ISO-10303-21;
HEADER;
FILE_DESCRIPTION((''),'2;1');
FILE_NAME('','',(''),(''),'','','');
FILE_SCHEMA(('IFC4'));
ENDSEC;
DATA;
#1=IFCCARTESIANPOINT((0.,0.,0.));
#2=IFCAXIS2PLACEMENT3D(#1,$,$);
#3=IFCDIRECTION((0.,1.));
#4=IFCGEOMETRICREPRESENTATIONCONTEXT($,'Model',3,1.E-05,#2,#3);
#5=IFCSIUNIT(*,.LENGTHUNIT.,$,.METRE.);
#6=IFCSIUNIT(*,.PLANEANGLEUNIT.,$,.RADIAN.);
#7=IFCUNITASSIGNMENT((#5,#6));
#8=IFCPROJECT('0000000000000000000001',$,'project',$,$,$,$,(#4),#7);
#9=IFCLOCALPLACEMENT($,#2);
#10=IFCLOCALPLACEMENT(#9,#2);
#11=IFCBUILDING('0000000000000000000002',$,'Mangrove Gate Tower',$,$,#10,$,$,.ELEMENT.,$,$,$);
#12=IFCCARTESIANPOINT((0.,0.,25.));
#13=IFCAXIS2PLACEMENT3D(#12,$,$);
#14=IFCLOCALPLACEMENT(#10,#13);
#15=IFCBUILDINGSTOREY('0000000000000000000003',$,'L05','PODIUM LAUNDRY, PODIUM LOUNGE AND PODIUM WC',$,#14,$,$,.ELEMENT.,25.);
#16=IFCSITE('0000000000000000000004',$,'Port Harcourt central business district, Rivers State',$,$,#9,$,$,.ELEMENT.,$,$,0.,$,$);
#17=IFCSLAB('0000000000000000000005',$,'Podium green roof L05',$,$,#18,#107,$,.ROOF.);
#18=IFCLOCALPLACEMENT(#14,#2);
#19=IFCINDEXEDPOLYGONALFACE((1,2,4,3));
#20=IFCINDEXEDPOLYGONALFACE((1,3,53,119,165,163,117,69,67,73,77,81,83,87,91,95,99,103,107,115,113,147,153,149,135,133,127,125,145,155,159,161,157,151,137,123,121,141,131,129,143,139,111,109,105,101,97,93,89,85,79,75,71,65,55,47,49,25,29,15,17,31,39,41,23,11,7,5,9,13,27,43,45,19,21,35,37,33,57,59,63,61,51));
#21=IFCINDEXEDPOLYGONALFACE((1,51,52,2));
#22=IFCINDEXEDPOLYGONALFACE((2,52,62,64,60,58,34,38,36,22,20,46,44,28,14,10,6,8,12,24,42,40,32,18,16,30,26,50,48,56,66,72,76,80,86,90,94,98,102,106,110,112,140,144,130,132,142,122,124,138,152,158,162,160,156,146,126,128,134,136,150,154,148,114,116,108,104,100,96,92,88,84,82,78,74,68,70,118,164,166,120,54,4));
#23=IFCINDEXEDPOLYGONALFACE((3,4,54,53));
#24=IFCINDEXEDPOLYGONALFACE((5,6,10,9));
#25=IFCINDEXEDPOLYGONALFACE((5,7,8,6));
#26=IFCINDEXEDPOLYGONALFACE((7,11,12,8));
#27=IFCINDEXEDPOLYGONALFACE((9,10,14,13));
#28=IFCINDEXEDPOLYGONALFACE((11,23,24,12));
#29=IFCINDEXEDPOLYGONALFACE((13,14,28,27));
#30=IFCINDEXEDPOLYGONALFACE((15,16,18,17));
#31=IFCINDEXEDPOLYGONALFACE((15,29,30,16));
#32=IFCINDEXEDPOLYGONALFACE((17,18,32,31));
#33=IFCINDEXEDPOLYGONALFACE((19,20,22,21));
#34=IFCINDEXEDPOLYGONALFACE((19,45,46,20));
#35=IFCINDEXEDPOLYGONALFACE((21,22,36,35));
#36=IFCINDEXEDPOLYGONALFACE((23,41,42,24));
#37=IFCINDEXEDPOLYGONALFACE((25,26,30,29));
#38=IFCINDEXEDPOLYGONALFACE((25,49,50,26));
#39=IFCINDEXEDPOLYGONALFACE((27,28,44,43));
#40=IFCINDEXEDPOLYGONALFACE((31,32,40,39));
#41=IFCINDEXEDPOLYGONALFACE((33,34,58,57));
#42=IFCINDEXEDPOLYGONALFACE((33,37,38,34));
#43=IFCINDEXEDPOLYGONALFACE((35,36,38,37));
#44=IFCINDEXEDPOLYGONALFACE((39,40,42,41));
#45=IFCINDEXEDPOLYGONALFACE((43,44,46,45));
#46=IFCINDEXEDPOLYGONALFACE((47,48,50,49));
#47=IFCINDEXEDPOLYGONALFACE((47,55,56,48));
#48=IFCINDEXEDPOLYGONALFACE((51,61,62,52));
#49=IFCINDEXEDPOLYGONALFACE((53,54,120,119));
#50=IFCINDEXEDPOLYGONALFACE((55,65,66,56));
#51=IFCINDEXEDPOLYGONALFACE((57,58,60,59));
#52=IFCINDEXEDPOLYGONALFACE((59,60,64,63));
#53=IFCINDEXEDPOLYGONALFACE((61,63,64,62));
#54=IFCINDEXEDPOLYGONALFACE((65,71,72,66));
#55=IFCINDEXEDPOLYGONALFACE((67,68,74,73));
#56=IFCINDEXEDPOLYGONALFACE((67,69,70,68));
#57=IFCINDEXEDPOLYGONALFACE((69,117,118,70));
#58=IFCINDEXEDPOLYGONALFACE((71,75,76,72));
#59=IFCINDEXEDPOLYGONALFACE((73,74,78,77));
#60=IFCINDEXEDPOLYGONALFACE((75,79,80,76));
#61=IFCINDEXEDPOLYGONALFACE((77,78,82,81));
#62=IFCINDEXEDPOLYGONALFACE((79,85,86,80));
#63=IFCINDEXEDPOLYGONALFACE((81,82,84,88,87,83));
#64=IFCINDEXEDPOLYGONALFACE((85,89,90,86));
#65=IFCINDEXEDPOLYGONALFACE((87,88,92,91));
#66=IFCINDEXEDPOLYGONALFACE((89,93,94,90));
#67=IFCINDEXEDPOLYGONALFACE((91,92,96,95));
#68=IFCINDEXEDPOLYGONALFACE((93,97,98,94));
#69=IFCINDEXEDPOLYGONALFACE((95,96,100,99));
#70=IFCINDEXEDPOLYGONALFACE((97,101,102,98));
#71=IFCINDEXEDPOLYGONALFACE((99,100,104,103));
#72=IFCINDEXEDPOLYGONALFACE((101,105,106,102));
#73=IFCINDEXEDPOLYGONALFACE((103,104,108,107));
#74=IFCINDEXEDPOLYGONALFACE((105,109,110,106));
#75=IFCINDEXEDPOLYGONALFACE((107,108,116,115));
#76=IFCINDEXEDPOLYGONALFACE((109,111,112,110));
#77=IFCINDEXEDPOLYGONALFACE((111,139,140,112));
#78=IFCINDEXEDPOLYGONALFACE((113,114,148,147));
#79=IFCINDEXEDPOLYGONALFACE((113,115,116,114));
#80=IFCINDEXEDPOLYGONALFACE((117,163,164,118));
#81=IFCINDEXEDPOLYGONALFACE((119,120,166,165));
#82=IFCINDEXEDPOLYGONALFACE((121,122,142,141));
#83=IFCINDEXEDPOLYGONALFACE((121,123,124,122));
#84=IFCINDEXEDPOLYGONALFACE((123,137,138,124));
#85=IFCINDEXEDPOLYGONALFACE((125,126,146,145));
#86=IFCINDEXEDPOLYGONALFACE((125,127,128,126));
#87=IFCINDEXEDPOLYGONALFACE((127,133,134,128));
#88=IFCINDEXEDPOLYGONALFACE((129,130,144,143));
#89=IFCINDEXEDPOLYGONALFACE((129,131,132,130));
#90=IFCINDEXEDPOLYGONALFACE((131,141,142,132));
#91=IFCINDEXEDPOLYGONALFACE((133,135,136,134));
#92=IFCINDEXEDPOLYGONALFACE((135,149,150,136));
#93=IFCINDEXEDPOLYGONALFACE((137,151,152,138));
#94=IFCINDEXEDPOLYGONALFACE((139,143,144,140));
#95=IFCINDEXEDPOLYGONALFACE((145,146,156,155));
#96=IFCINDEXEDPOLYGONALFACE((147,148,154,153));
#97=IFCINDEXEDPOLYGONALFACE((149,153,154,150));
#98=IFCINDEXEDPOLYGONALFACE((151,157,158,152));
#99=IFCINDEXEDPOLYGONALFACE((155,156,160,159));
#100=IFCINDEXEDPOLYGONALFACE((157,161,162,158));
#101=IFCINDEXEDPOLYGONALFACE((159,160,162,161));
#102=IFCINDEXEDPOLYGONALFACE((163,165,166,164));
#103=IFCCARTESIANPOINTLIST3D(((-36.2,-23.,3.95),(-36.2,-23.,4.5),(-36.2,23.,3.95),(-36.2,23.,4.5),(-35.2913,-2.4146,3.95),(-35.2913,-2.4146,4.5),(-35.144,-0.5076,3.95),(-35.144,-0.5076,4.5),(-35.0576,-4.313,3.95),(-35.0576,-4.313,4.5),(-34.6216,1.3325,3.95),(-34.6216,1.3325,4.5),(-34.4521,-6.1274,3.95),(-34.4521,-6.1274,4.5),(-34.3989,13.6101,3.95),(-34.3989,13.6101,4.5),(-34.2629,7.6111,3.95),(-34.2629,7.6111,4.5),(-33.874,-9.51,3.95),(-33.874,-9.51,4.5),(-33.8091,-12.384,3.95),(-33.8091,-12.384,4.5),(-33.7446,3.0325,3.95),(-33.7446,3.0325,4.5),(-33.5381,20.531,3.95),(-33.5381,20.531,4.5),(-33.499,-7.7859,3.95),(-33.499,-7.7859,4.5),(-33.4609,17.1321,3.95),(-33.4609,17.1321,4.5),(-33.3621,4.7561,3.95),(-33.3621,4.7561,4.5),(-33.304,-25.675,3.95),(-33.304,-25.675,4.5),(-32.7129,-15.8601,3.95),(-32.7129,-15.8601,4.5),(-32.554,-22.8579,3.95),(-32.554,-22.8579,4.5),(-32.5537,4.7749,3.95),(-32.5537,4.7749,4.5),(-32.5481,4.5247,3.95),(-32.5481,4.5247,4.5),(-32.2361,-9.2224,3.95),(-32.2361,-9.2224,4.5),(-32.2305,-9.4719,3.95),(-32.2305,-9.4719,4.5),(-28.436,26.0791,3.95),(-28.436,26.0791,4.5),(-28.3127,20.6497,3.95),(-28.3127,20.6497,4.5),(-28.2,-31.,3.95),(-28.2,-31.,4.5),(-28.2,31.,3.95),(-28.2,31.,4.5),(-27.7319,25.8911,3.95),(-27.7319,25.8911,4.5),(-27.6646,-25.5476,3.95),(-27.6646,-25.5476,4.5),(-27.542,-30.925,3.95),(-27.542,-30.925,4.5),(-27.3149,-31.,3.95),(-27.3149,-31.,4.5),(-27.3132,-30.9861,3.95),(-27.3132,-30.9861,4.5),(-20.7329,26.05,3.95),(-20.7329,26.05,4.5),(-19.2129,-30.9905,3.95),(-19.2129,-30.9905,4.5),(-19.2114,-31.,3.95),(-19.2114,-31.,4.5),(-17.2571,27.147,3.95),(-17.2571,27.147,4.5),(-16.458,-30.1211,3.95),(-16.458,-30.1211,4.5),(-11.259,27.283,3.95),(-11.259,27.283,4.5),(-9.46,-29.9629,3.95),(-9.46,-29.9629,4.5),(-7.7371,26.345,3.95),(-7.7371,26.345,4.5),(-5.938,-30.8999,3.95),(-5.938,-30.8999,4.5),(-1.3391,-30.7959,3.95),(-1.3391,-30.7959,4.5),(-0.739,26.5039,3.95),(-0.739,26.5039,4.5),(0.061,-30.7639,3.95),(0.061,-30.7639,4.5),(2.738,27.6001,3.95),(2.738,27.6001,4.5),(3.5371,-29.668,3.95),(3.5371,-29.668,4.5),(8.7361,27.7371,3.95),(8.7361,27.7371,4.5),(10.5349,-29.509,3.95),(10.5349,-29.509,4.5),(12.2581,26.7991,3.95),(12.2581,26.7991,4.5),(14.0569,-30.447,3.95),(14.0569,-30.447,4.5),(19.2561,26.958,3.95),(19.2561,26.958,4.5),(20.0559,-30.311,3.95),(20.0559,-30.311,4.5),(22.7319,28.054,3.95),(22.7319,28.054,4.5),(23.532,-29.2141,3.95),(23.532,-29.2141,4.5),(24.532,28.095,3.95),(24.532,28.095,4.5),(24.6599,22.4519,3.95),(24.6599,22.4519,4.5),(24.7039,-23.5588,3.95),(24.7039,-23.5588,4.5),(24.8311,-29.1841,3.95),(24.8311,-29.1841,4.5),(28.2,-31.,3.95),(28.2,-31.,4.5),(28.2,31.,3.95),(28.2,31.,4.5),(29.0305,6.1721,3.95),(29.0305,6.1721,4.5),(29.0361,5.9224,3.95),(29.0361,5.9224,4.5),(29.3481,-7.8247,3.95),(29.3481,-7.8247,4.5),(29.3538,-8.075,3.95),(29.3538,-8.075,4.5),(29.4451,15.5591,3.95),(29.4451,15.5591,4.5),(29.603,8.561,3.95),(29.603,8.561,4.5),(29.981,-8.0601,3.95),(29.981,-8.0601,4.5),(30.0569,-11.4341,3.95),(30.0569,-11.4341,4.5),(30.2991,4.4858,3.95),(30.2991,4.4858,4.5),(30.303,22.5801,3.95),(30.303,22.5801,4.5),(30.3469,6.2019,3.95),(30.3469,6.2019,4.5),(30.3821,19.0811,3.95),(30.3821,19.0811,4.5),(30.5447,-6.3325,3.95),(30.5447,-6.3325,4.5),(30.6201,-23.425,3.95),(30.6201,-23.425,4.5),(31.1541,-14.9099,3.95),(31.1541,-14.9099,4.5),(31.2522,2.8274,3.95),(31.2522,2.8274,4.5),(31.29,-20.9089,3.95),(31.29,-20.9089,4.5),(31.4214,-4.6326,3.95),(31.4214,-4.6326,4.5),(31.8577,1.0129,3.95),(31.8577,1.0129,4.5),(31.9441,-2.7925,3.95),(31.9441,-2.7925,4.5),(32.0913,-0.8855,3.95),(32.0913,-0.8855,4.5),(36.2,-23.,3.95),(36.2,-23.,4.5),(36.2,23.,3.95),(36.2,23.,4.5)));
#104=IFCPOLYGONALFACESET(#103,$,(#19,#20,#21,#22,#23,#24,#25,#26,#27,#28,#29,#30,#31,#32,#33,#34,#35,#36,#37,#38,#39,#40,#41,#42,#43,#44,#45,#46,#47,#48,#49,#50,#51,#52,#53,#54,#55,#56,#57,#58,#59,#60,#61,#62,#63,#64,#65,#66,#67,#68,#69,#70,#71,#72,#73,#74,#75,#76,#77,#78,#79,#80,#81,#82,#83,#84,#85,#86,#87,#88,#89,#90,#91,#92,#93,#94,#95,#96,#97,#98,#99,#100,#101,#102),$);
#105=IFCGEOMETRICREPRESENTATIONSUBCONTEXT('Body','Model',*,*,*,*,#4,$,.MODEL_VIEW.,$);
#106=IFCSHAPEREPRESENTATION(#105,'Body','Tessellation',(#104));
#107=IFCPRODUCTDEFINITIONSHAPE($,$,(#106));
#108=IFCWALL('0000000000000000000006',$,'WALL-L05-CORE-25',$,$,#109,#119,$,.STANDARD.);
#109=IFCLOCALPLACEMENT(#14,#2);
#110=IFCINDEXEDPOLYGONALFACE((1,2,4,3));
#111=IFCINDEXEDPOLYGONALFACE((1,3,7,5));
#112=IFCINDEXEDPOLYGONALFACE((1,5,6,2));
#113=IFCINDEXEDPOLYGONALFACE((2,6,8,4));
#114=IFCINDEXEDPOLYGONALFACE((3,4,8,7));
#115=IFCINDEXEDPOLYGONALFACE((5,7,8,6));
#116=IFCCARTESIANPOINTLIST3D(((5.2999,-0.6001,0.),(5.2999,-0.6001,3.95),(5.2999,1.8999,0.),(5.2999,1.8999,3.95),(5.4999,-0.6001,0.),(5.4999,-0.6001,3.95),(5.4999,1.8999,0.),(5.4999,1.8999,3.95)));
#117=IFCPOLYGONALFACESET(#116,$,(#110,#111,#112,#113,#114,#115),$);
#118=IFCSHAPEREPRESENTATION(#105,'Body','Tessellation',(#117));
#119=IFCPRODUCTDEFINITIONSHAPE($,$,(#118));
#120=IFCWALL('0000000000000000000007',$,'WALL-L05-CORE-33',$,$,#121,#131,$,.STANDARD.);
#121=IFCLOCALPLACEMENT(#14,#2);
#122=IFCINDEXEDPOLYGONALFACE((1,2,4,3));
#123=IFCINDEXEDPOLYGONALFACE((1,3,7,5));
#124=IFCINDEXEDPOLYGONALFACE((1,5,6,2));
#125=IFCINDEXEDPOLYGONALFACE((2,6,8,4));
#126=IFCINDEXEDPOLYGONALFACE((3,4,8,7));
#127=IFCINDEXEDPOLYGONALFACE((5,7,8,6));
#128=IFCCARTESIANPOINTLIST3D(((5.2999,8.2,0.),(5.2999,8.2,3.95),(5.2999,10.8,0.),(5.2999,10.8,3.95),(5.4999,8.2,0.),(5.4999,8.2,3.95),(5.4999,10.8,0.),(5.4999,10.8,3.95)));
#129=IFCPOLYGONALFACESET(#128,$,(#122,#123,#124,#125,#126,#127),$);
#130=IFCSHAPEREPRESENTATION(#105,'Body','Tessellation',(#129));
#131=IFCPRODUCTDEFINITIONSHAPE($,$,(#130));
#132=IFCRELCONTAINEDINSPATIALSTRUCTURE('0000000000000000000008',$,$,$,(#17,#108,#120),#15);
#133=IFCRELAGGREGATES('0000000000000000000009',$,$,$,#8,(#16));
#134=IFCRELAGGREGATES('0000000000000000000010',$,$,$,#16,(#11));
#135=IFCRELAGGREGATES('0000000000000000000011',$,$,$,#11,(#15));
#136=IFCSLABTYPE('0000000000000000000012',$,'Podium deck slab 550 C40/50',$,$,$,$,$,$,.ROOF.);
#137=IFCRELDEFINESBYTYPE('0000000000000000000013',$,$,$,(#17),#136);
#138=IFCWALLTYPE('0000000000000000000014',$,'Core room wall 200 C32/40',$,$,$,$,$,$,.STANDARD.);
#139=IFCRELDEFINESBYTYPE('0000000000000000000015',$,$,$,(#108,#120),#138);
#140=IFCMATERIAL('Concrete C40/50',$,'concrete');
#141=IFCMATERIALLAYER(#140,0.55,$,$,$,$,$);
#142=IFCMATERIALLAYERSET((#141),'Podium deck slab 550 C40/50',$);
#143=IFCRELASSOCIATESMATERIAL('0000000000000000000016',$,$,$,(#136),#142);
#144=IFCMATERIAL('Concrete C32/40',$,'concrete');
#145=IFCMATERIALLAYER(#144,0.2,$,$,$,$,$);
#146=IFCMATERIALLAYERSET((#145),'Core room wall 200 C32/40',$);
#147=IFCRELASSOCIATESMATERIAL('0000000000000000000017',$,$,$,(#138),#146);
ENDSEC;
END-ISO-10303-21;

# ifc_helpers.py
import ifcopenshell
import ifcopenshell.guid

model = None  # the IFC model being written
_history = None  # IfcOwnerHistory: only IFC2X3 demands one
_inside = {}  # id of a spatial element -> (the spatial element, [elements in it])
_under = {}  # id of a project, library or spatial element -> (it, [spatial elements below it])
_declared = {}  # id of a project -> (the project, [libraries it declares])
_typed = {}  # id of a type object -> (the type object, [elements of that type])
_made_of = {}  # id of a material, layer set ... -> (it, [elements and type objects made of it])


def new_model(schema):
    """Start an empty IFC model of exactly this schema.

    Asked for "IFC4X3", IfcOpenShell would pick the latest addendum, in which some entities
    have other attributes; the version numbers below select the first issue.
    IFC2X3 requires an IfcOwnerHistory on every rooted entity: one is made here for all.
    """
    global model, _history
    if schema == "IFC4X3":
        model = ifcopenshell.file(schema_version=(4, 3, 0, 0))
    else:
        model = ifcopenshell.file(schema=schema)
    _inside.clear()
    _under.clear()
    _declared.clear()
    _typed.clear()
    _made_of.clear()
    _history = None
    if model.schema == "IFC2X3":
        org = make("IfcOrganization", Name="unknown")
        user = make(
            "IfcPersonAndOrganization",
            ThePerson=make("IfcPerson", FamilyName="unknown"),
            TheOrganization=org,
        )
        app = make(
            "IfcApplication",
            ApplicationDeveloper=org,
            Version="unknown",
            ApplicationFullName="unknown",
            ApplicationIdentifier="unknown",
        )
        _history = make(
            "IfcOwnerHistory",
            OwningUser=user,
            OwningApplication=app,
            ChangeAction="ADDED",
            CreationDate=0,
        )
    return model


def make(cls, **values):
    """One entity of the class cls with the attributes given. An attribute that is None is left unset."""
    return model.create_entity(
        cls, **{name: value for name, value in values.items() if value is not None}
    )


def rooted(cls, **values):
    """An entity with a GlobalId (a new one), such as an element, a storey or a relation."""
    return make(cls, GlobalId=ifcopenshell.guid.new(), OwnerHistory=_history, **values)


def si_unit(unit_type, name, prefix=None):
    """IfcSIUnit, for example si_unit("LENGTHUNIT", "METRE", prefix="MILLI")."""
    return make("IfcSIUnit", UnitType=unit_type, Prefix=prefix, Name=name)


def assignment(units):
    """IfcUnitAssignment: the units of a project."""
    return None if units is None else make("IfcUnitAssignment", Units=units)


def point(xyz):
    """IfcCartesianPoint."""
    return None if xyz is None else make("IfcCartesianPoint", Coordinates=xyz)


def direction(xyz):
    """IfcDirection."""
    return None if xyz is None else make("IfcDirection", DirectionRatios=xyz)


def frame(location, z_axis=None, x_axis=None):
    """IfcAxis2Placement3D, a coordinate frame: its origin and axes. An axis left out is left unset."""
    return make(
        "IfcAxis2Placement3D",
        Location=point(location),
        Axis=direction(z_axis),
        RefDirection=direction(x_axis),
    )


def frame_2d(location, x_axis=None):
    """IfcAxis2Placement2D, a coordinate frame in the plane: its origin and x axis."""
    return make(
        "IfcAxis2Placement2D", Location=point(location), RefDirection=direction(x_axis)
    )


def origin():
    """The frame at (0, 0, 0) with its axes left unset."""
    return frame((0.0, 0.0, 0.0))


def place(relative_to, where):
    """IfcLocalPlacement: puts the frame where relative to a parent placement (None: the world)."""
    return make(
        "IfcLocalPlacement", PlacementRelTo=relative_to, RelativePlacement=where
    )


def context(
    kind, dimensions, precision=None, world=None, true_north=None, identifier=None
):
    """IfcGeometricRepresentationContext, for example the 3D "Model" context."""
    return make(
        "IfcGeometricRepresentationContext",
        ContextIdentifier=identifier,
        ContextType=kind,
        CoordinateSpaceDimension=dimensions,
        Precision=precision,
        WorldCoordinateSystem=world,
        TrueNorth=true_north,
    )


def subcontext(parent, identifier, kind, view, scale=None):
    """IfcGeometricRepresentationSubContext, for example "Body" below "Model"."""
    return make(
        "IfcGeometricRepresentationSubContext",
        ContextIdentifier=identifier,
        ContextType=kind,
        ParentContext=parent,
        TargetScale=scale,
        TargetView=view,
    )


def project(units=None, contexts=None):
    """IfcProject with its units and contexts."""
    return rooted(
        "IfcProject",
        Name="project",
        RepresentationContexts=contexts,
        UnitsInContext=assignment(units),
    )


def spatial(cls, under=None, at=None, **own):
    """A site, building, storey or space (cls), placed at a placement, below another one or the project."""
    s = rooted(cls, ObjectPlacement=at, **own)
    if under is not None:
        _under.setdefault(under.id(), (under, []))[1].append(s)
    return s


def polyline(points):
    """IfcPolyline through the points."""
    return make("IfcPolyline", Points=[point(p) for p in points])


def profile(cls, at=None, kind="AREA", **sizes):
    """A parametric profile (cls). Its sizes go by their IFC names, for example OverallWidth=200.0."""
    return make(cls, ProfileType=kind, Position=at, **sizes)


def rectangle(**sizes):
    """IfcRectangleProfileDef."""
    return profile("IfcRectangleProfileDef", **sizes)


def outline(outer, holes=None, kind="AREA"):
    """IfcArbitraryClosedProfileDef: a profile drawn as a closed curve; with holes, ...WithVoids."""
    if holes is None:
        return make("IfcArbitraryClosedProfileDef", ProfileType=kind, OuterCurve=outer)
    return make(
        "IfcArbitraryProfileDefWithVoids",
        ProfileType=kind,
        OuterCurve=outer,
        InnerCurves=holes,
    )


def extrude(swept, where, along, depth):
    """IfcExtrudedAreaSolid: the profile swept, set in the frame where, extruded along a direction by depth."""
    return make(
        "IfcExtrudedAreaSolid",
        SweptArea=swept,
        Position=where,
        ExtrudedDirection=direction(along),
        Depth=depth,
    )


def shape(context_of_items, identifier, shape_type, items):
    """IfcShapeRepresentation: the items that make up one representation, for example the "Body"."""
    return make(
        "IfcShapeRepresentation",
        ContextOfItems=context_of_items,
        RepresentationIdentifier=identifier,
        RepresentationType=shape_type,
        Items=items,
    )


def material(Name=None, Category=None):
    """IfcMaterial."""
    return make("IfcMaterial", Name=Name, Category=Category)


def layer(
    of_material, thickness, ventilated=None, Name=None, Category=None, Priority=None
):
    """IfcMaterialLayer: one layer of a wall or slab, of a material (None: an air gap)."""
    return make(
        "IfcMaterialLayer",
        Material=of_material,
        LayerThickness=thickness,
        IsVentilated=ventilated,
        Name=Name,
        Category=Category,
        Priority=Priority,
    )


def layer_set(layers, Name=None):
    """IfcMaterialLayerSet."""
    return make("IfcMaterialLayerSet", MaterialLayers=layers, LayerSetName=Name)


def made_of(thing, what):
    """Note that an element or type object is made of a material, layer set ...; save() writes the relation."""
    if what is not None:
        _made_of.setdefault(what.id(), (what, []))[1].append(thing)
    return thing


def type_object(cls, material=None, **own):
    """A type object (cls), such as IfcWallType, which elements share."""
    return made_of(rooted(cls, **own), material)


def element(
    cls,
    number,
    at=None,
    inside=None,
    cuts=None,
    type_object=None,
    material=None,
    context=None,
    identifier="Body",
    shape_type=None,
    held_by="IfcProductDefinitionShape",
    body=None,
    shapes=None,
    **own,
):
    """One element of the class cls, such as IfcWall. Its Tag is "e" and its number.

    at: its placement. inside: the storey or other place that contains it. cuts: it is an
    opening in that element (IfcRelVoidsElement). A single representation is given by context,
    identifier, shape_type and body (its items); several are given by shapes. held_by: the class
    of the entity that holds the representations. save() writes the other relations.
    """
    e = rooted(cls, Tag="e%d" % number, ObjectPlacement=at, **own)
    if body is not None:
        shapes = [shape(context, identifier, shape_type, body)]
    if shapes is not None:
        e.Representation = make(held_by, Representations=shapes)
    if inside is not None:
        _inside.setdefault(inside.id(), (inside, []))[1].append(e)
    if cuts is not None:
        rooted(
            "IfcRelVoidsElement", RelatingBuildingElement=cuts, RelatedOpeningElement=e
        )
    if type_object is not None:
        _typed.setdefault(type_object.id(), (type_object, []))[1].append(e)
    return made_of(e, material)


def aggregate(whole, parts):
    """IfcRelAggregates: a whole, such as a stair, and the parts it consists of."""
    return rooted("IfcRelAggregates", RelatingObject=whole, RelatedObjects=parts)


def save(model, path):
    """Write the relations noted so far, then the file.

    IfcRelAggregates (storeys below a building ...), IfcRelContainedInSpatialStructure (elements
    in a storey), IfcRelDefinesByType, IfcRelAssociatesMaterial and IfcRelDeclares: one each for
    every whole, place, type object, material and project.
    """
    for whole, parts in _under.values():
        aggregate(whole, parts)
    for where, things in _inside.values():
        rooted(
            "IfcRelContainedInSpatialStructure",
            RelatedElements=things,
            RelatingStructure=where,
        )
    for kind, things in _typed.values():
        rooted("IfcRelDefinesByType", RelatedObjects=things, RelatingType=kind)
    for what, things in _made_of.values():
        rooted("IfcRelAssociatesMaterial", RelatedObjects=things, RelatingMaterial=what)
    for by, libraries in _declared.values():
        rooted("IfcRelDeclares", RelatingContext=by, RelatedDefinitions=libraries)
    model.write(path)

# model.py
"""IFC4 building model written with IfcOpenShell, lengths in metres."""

from ifc_helpers import new_model, si_unit, direction, frame, frame_2d, origin, place, context, subcontext, project, spatial, polyline, rectangle, outline, extrude, material, layer, layer_set, type_object, element, save


model = new_model("IFC4")

# Units and contexts
model_context = context("Model", 3, precision=1e-05, world=origin(), true_north=direction((0.0, 1.0)))
body_context = subcontext(model_context, "Body", "Model", "MODEL_VIEW")
ifc_project = project(units=[si_unit("LENGTHUNIT", "METRE"), si_unit("PLANEANGLEUNIT", "RADIAN")], contexts=[model_context])

# Site, building, storey
site_placement = place(None, origin())
site = spatial("IfcSite", under=ifc_project, at=site_placement, Name="Port Harcourt central business district, Rivers State", CompositionType="ELEMENT", RefElevation=0.0)
building_placement = place(site_placement, origin())
building = spatial("IfcBuilding", under=site, at=building_placement, Name="Mangrove Gate Tower", CompositionType="ELEMENT")
storey_placement = place(building_placement, frame((0.0, 0.0, 25.0)))
storey = spatial("IfcBuildingStorey", under=building, at=storey_placement, Name="L05", Description="PODIUM LAUNDRY, PODIUM LOUNGE AND PODIUM WC", CompositionType="ELEMENT", Elevation=25.0)

# Slab
ifc_material_1 = material(Name="Concrete C40/50", Category="concrete")
ifc_layer_1 = layer(ifc_material_1, 0.55)
ifc_layer_set_1 = layer_set([ifc_layer_1], Name="Podium deck slab 550 C40/50")
slab_type_1 = type_object("IfcSlabType", Name="Podium deck slab 550 C40/50", PredefinedType="ROOF", material=ifc_layer_set_1)
slab_1_placement = place(storey_placement, frame((0.0, 0.0, 3.95)))
element("IfcSlab", 1, at=slab_1_placement, inside=storey, type_object=slab_type_1, Name="Podium green roof L05", PredefinedType="ROOF", context=body_context, shape_type="SweptSolid", body=[
    extrude(outline(polyline([(-28.2, 31.0), (-36.2, 23.0), (-36.2, -23.0), (-28.2, -31.0), (-27.3149, -31.0), (-27.3132, -30.9861), (-27.542, -30.925), (-27.6646, -25.5476), (-33.304, -25.675), (-32.554, -22.8579), (-32.7129, -15.8601), (-33.8091, -12.384), (-33.874, -9.51), (-32.2305, -9.4719), (-32.2361, -9.2224), (-33.499, -7.7859), (-34.4521, -6.1274), (-35.0576, -4.313), (-35.2913, -2.4146), (-35.144, -0.5076), (-34.6216, 1.3325), (-33.7446, 3.0325), (-32.5481, 4.5247), (-32.5537, 4.7749), (-33.3621, 4.7561), (-34.2629, 7.6111), (-34.3989, 13.6101), (-33.4609, 17.1321), (-33.5381, 20.531), (-28.3127, 20.6497), (-28.436, 26.0791), (-27.7319, 25.8911), (-20.7329, 26.05), (-17.2571, 27.147), (-11.259, 27.283), (-7.7371, 26.345), (-0.739, 26.5039), (2.738, 27.6001), (8.7361, 27.7371), (12.2581, 26.7991), (19.2561, 26.958), (22.7319, 28.054), (24.532, 28.095), (24.6599, 22.4519), (30.303, 22.5801), (30.3821, 19.0811), (29.4451, 15.5591), (29.603, 8.561), (30.3469, 6.2019), (29.0305, 6.1721), (29.0361, 5.9224), (30.2991, 4.4858), (31.2522, 2.8274), (31.8577, 1.0129), (32.0913, -0.8855), (31.9441, -2.7925), (31.4214, -4.6326), (30.5447, -6.3325), (29.3481, -7.8247), (29.3538, -8.075), (29.981, -8.0601), (30.0569, -11.4341), (31.1541, -14.9099), (31.29, -20.9089), (30.6201, -23.425), (24.7039, -23.5588), (24.8311, -29.1841), (23.532, -29.2141), (20.0559, -30.311), (14.0569, -30.447), (10.5349, -29.509), (3.5371, -29.668), (0.061, -30.7639), (-1.3391, -30.7959), (-5.938, -30.8999), (-9.46, -29.9629), (-16.458, -30.1211), (-19.2129, -30.9905), (-19.2114, -31.0), (28.2, -31.0), (36.2, -23.0), (36.2, 23.0), (28.2, 31.0), (-28.2, 31.0)])), origin(), (0.0, 0.0, 1.0), 0.55),
])

# Walls
ifc_material_2 = material(Name="Concrete C32/40", Category="concrete")
ifc_layer_2 = layer(ifc_material_2, 0.2)
ifc_layer_set_2 = layer_set([ifc_layer_2], Name="Core room wall 200 C32/40")
wall_type_1 = type_object("IfcWallType", Name="Core room wall 200 C32/40", PredefinedType="STANDARD", material=ifc_layer_set_2)
wall_1_placement = place(storey_placement, frame((5.3999, -0.6001, 0.0), z_axis=(0.0, 0.0, 1.0), x_axis=(0.0, 1.0, 0.0)))
element("IfcWall", 2, at=wall_1_placement, inside=storey, type_object=wall_type_1, Name="WALL-L05-CORE-25", PredefinedType="STANDARD", context=body_context, shape_type="SweptSolid", body=[
    extrude(rectangle(XDim=2.5, YDim=0.2, at=frame_2d((1.25, 0.0))), origin(), (0.0, 0.0, 1.0), 3.95),
])
wall_2_placement = place(storey_placement, frame((5.3999, 8.2, 0.0), z_axis=(0.0, 0.0, 1.0), x_axis=(0.0, 1.0, 0.0)))
element("IfcWall", 3, at=wall_2_placement, inside=storey, type_object=wall_type_1, Name="WALL-L05-CORE-33", PredefinedType="STANDARD", context=body_context, shape_type="SweptSolid", body=[
    extrude(rectangle(XDim=2.6001, YDim=0.2, at=frame_2d((1.3, 0.0))), origin(), (0.0, 0.0, 1.0), 3.95),
])

save(model, "model.ifc")
